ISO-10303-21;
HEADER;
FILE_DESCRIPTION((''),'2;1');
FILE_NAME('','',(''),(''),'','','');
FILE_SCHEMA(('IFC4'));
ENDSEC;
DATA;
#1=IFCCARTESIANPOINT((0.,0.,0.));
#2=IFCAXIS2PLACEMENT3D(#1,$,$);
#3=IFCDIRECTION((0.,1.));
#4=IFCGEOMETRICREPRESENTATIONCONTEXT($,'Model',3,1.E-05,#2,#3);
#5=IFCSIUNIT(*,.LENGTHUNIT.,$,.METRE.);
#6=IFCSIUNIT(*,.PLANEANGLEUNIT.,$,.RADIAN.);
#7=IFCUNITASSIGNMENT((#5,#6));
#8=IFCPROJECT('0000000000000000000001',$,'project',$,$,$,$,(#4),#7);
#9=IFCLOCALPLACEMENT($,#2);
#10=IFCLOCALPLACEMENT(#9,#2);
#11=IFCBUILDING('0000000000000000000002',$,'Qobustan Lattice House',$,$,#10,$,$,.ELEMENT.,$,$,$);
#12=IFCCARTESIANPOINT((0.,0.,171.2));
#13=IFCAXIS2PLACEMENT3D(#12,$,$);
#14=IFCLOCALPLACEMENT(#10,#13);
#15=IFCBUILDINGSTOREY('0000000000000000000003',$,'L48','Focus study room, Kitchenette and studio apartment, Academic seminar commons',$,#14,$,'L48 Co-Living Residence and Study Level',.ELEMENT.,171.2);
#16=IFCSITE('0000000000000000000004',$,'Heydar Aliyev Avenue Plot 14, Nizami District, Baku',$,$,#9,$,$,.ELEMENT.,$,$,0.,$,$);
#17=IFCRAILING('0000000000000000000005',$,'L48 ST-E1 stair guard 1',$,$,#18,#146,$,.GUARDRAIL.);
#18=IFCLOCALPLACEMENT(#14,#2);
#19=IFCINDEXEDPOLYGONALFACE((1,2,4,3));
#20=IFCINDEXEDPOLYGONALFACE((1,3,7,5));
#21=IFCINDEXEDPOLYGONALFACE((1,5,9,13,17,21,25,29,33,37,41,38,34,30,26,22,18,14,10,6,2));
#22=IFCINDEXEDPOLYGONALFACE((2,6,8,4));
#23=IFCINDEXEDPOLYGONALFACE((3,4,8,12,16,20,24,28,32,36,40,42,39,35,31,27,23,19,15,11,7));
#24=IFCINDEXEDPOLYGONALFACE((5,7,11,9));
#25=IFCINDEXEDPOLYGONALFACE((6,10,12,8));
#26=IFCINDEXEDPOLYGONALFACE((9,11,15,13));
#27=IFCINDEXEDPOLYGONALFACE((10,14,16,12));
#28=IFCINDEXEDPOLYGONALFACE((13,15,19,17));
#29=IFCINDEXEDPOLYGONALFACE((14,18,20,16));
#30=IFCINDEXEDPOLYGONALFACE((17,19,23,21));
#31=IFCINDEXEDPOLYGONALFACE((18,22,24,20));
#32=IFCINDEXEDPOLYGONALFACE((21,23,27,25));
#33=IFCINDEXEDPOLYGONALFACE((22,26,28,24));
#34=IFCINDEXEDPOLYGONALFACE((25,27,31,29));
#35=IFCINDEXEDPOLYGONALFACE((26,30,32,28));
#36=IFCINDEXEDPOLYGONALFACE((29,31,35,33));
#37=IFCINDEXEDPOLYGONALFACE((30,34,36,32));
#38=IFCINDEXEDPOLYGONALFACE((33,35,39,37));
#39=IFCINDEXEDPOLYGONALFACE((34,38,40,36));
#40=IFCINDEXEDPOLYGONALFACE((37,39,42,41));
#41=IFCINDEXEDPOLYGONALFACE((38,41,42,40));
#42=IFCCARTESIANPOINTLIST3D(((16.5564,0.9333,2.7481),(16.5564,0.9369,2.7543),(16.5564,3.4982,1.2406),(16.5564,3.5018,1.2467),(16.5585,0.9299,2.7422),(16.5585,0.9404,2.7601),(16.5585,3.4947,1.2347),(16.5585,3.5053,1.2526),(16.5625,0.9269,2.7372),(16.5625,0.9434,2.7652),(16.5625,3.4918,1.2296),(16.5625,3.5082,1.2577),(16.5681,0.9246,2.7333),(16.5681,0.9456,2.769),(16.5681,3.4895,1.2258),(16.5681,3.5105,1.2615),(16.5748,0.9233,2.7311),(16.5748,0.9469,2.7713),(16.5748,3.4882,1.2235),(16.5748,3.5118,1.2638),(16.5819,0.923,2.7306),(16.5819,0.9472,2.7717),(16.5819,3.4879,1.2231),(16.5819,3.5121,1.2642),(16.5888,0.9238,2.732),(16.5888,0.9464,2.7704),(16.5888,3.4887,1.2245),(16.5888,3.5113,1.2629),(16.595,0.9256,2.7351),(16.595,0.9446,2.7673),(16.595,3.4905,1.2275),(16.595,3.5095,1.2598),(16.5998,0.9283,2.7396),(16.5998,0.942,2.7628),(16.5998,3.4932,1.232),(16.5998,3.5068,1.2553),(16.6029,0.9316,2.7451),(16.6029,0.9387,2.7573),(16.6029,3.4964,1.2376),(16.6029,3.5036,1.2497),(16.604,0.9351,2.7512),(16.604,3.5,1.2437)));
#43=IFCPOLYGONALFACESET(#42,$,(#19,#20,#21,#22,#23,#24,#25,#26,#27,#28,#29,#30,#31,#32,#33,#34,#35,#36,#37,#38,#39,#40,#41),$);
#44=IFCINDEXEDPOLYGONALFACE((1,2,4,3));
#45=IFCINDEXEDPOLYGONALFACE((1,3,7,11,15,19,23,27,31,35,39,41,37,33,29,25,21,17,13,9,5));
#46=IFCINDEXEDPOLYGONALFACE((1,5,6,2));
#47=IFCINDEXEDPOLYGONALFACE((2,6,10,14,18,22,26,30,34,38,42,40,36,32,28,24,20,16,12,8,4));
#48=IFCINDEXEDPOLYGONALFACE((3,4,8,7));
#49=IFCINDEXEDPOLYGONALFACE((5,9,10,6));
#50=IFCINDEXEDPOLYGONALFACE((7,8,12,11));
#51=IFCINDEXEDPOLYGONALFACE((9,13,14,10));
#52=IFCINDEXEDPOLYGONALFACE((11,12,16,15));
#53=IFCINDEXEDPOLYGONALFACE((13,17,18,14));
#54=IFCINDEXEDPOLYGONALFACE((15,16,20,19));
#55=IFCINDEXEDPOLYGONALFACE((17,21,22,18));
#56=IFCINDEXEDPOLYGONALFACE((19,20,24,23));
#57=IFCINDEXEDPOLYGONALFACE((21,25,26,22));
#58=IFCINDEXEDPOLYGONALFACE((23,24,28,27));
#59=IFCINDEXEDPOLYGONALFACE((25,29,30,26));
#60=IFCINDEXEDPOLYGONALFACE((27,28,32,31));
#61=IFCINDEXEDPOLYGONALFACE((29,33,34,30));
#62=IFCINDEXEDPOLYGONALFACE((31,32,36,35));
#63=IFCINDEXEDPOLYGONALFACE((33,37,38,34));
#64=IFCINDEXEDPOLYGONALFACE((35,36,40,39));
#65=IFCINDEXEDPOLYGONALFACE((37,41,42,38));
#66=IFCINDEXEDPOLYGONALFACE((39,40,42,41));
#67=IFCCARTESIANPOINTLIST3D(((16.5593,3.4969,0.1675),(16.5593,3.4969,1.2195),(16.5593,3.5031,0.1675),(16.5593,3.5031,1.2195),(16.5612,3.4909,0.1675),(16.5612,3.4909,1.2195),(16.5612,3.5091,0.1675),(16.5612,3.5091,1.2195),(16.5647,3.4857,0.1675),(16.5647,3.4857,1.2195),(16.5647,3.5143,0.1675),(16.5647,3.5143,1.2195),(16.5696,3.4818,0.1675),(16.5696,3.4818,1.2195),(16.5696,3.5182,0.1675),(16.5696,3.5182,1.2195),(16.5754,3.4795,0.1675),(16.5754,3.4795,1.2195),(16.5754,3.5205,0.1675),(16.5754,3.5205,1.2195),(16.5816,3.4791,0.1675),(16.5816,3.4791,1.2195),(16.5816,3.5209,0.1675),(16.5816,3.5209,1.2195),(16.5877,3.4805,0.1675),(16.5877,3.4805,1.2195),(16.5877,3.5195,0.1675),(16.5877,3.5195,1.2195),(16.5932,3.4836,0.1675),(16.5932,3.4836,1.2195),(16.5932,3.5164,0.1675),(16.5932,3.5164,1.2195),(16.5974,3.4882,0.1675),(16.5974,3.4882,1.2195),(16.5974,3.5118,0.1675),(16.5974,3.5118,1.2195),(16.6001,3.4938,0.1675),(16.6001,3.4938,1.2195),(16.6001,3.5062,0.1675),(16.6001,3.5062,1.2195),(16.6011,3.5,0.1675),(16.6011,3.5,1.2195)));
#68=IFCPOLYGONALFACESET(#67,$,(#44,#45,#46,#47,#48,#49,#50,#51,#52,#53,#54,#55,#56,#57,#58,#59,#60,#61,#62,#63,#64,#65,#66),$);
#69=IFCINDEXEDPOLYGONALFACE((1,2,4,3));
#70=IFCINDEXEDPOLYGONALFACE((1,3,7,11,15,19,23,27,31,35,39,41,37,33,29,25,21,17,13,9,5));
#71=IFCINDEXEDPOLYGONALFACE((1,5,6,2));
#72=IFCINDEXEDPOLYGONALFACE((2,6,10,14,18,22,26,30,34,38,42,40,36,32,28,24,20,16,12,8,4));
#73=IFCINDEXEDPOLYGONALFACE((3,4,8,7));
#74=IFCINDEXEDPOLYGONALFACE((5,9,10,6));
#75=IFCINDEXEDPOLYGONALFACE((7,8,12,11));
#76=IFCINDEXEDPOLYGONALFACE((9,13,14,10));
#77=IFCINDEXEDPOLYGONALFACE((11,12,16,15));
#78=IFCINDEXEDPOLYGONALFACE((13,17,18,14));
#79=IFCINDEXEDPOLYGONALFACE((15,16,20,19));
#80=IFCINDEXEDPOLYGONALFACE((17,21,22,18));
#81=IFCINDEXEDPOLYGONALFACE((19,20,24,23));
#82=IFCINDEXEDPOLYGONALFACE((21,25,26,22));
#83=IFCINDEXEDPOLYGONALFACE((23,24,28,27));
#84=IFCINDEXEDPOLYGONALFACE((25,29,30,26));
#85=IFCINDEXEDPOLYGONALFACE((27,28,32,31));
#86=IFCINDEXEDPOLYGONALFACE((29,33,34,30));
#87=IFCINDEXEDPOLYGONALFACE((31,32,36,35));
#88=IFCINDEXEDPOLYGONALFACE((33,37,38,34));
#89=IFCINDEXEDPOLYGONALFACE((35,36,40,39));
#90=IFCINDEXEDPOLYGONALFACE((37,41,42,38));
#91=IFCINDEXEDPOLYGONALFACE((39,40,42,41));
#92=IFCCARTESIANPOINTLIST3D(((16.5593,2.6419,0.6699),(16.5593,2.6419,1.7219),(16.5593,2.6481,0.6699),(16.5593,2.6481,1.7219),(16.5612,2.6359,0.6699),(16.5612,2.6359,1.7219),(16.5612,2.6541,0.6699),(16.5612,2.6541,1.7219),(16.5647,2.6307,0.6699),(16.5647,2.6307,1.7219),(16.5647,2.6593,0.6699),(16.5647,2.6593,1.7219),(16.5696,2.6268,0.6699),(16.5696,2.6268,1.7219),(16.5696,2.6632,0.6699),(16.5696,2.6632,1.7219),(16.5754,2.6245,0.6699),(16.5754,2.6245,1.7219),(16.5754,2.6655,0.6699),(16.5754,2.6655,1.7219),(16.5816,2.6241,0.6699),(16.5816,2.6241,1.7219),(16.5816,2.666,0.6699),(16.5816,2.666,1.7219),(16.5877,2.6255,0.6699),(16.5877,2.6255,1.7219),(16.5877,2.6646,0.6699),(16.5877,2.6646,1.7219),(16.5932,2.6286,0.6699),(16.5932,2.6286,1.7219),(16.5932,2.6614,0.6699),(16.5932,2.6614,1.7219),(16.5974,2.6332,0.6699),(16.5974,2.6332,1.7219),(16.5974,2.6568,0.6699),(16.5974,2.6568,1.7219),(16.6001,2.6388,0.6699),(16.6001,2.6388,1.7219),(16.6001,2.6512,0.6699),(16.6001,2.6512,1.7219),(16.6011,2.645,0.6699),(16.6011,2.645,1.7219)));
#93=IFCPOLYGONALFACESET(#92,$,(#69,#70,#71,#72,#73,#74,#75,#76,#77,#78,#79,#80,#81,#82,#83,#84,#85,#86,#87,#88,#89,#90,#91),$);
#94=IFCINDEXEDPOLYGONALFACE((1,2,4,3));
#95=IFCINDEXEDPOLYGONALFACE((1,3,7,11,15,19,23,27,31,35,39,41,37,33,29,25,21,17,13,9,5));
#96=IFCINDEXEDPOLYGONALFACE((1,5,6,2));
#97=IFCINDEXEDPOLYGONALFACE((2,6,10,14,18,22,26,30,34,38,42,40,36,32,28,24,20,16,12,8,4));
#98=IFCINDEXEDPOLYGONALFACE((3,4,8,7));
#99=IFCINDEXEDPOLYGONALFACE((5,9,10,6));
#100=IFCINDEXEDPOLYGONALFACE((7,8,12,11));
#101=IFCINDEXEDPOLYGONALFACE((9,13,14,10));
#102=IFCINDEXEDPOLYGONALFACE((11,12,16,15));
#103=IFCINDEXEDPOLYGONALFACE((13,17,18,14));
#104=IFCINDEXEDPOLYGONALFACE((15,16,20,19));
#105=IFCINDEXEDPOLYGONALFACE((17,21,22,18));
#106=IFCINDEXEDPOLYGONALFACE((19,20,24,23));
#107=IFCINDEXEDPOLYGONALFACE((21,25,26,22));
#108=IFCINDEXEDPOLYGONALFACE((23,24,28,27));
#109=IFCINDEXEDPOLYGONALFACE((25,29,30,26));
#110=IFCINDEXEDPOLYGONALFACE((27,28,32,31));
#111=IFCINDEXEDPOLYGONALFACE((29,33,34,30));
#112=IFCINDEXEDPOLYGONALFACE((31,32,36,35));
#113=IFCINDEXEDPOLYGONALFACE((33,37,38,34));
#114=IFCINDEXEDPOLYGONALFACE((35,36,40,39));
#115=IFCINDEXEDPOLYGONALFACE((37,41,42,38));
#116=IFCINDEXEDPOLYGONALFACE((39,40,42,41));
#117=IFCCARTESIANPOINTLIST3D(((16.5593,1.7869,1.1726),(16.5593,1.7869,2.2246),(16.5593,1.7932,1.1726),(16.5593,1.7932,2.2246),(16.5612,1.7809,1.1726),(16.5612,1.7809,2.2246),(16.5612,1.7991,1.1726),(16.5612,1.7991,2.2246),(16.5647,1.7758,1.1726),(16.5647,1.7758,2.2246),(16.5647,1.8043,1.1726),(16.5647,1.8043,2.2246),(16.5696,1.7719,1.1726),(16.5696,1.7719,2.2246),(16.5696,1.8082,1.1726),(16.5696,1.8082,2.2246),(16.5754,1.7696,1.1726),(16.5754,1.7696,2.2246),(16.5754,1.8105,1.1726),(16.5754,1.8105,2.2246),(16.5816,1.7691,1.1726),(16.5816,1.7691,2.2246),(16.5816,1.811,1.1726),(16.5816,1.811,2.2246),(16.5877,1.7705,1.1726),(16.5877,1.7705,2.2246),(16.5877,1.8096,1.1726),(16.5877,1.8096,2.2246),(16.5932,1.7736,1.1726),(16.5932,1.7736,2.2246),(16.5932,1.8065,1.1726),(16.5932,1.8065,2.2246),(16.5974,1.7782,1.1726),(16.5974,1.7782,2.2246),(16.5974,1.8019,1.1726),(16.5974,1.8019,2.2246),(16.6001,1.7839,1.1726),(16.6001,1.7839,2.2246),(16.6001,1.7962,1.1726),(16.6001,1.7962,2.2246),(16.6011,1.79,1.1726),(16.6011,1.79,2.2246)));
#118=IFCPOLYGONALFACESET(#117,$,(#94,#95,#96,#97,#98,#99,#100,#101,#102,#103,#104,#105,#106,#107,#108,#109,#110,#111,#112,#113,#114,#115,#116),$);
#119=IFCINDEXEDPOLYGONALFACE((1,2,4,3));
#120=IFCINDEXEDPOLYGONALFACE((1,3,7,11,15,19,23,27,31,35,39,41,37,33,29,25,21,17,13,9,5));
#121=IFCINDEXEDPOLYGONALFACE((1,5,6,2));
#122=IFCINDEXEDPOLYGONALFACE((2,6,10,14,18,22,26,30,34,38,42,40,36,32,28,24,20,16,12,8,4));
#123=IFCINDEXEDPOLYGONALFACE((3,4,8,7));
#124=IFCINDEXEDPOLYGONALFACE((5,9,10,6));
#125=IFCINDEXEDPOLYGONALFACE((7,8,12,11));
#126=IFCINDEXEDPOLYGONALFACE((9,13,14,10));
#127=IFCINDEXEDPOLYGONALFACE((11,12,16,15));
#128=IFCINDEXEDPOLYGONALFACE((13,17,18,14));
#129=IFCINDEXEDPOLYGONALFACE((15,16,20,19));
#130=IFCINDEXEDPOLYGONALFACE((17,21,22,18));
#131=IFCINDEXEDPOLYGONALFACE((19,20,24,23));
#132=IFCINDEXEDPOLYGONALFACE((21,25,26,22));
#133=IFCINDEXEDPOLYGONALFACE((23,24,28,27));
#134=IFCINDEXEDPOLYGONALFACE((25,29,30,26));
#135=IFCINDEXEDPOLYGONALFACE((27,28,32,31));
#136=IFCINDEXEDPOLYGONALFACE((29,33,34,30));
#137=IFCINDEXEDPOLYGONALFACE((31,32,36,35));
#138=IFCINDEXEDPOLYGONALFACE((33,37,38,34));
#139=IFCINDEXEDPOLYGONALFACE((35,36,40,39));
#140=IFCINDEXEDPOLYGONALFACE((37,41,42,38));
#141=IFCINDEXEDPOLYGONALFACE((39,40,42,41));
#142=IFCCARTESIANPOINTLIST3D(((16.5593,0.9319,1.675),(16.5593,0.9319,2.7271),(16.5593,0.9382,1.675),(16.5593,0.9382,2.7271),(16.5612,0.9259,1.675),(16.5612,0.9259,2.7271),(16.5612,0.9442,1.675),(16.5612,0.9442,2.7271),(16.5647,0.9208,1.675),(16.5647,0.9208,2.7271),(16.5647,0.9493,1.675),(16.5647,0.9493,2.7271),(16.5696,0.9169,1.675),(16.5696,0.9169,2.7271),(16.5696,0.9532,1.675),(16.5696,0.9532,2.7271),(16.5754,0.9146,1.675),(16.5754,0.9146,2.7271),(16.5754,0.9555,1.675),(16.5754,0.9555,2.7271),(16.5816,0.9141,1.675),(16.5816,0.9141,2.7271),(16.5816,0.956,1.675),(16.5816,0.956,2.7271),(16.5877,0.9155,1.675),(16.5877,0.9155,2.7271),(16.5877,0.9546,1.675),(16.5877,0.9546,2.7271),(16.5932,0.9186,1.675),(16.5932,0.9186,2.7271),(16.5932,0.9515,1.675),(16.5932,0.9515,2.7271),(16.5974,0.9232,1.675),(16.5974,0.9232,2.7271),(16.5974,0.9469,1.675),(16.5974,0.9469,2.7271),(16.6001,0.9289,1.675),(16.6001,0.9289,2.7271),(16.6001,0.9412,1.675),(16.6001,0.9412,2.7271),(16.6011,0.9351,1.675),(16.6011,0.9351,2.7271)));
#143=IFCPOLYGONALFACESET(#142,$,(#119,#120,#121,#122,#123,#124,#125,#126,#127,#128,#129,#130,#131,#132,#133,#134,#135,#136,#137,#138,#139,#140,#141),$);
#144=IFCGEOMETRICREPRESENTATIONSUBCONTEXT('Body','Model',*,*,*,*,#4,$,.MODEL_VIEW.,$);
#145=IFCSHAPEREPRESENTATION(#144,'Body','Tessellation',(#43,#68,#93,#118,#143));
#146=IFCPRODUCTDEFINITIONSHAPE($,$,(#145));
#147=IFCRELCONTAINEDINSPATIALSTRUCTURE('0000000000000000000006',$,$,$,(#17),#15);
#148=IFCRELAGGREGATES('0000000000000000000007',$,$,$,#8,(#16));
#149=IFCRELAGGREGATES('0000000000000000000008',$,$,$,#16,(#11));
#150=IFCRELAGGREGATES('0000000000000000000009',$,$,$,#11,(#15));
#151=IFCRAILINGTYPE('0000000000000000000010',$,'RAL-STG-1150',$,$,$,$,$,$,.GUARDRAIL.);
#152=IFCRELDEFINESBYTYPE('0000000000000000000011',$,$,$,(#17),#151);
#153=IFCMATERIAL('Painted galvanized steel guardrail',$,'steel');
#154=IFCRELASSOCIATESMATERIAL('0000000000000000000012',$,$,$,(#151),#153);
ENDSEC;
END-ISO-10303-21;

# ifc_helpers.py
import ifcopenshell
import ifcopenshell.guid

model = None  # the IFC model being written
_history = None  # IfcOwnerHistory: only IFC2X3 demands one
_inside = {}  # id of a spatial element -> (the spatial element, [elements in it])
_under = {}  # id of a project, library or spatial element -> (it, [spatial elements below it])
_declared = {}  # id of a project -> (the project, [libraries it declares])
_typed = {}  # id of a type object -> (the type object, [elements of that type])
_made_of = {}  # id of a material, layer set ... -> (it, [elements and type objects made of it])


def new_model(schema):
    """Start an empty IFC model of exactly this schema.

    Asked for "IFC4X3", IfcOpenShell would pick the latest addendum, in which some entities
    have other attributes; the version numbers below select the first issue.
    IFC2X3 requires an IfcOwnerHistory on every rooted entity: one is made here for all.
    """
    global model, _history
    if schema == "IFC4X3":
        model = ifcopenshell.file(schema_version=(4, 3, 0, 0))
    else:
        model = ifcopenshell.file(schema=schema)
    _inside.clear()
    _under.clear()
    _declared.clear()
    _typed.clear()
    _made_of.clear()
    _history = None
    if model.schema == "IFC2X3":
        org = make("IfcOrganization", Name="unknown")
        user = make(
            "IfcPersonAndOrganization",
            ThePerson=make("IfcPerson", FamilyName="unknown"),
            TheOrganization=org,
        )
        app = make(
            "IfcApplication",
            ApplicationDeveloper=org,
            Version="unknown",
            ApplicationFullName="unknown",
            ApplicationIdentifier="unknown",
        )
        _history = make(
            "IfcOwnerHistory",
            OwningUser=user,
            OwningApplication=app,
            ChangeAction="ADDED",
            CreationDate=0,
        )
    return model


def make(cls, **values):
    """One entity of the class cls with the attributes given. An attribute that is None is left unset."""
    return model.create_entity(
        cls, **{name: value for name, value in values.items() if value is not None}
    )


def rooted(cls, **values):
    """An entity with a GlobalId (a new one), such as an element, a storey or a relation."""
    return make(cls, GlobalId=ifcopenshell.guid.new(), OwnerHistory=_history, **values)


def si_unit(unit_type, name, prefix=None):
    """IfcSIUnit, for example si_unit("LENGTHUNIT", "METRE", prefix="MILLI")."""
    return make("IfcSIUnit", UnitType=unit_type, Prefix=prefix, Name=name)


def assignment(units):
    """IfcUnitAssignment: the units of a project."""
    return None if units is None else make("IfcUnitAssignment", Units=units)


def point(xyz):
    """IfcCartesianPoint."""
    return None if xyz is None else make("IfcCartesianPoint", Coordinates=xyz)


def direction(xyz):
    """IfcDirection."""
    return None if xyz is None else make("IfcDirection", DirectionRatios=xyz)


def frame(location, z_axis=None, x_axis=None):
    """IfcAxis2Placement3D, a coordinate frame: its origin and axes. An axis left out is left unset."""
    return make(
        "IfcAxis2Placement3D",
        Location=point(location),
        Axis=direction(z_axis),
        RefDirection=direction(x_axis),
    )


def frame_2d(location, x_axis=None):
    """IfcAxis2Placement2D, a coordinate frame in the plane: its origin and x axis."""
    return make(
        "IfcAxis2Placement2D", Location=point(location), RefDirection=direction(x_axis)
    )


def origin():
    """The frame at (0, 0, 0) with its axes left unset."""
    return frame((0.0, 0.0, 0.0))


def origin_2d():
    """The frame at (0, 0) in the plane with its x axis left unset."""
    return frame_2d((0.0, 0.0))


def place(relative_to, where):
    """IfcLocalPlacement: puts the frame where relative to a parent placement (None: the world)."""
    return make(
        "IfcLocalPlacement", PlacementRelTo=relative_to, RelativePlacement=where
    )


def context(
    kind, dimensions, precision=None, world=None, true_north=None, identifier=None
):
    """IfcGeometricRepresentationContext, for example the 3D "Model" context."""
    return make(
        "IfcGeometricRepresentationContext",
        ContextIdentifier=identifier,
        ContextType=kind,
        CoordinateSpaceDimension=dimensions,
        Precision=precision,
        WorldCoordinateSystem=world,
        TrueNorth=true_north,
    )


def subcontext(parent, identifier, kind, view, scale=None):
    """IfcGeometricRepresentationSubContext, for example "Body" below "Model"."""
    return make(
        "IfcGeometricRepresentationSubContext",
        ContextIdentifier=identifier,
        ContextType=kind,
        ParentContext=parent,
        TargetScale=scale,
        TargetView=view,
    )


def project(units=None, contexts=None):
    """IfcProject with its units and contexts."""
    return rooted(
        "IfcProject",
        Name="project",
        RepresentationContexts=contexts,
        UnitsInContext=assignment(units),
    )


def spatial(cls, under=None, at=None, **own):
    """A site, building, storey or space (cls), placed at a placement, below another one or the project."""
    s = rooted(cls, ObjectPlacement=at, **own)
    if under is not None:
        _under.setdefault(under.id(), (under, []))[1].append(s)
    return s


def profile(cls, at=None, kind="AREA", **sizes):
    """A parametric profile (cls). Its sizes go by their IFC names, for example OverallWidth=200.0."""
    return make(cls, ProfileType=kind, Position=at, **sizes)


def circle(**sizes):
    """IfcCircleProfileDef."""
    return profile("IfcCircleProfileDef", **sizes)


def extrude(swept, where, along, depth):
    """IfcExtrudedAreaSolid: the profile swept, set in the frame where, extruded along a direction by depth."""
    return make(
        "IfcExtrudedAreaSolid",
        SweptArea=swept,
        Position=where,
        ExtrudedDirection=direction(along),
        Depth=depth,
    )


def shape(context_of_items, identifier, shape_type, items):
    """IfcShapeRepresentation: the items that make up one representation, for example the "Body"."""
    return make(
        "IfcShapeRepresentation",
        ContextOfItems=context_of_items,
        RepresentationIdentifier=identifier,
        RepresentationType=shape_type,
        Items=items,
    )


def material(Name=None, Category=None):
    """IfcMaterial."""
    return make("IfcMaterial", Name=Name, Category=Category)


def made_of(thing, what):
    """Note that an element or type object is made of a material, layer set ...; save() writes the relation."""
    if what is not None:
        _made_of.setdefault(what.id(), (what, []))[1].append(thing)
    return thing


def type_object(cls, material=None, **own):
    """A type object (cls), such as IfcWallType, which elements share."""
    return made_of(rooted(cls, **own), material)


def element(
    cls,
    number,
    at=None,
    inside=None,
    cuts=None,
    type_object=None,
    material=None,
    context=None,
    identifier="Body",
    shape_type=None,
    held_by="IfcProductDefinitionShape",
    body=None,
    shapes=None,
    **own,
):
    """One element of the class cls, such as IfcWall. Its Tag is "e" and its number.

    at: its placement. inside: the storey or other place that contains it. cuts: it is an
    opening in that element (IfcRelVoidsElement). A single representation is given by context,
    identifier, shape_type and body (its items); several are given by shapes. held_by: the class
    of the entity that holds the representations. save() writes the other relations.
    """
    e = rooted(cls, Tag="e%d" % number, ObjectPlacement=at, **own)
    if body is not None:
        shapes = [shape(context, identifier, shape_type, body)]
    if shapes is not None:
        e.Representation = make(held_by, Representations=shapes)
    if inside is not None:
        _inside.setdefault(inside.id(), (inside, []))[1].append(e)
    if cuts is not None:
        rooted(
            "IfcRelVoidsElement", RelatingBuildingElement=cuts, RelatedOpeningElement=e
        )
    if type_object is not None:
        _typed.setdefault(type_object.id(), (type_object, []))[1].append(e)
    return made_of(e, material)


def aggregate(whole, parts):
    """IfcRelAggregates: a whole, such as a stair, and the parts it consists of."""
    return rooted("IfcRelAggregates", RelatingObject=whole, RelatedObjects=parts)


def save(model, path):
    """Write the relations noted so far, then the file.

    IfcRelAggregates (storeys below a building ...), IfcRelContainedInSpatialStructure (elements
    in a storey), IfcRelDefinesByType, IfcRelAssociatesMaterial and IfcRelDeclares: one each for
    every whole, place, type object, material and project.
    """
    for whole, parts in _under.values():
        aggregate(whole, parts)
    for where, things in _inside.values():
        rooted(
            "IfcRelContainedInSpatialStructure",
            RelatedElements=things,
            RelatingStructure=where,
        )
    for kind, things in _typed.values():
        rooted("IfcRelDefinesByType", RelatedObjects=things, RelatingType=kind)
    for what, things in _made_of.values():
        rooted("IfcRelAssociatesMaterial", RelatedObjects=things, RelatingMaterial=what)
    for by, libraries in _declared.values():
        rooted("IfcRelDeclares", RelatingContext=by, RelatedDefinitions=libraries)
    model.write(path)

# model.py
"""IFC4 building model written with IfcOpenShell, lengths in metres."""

from ifc_helpers import new_model, si_unit, direction, frame, origin, origin_2d, place, context, subcontext, project, spatial, circle, extrude, material, type_object, element, save


model = new_model("IFC4")

# Units and contexts
model_context = context("Model", 3, precision=1e-05, world=origin(), true_north=direction((0.0, 1.0)))
body_context = subcontext(model_context, "Body", "Model", "MODEL_VIEW")
ifc_project = project(units=[si_unit("LENGTHUNIT", "METRE"), si_unit("PLANEANGLEUNIT", "RADIAN")], contexts=[model_context])

# Site, building, storey
site_placement = place(None, origin())
site = spatial("IfcSite", under=ifc_project, at=site_placement, Name="Heydar Aliyev Avenue Plot 14, Nizami District, Baku", CompositionType="ELEMENT", RefElevation=0.0)
building_placement = place(site_placement, origin())
building = spatial("IfcBuilding", under=site, at=building_placement, Name="Qobustan Lattice House", CompositionType="ELEMENT")
storey_placement = place(building_placement, frame((0.0, 0.0, 171.2)))
storey = spatial("IfcBuildingStorey", under=building, at=storey_placement, Name="L48", Description="Focus study room, Kitchenette and studio apartment, Academic seminar commons", LongName="L48 Co-Living Residence and Study Level", CompositionType="ELEMENT", Elevation=171.2)

# Railing
ifc_material_1 = material(Name="Painted galvanized steel guardrail", Category="steel")
railing_type_1 = type_object("IfcRailingType", Name="RAL-STG-1150", PredefinedType="GUARDRAIL", material=ifc_material_1)
railing_1_placement = place(storey_placement, frame((16.5801, 3.5, 0.1675)))
element("IfcRailing", 1, at=railing_1_placement, inside=storey, type_object=railing_type_1, Name="L48 ST-E1 stair guard 1", PredefinedType="GUARDRAIL", context=body_context, shape_type="SweptSolid", body=[
    extrude(circle(Radius=0.0239, at=origin_2d()), frame((0.0, 0.0, 1.0762), z_axis=(0.0, -0.862113, 0.506715), x_axis=(1.0, 0.0, 0.0)), (0.0, 0.0, 1.0), 2.9751),
    extrude(circle(Radius=0.021, at=origin_2d()), origin(), (0.0, 0.0, 1.0), 1.052),
    extrude(circle(Radius=0.021, at=origin_2d()), frame((0.0, -0.855, 0.5024)), (0.0, 0.0, 1.0), 1.052),
    extrude(circle(Radius=0.021, at=origin_2d()), frame((0.0, -1.71, 1.0051)), (0.0, 0.0, 1.0), 1.052),
    extrude(circle(Radius=0.021, at=origin_2d()), frame((0.0, -2.5649, 1.5076)), (0.0, 0.0, 1.0), 1.052),
])

save(model, "model.ifc")
